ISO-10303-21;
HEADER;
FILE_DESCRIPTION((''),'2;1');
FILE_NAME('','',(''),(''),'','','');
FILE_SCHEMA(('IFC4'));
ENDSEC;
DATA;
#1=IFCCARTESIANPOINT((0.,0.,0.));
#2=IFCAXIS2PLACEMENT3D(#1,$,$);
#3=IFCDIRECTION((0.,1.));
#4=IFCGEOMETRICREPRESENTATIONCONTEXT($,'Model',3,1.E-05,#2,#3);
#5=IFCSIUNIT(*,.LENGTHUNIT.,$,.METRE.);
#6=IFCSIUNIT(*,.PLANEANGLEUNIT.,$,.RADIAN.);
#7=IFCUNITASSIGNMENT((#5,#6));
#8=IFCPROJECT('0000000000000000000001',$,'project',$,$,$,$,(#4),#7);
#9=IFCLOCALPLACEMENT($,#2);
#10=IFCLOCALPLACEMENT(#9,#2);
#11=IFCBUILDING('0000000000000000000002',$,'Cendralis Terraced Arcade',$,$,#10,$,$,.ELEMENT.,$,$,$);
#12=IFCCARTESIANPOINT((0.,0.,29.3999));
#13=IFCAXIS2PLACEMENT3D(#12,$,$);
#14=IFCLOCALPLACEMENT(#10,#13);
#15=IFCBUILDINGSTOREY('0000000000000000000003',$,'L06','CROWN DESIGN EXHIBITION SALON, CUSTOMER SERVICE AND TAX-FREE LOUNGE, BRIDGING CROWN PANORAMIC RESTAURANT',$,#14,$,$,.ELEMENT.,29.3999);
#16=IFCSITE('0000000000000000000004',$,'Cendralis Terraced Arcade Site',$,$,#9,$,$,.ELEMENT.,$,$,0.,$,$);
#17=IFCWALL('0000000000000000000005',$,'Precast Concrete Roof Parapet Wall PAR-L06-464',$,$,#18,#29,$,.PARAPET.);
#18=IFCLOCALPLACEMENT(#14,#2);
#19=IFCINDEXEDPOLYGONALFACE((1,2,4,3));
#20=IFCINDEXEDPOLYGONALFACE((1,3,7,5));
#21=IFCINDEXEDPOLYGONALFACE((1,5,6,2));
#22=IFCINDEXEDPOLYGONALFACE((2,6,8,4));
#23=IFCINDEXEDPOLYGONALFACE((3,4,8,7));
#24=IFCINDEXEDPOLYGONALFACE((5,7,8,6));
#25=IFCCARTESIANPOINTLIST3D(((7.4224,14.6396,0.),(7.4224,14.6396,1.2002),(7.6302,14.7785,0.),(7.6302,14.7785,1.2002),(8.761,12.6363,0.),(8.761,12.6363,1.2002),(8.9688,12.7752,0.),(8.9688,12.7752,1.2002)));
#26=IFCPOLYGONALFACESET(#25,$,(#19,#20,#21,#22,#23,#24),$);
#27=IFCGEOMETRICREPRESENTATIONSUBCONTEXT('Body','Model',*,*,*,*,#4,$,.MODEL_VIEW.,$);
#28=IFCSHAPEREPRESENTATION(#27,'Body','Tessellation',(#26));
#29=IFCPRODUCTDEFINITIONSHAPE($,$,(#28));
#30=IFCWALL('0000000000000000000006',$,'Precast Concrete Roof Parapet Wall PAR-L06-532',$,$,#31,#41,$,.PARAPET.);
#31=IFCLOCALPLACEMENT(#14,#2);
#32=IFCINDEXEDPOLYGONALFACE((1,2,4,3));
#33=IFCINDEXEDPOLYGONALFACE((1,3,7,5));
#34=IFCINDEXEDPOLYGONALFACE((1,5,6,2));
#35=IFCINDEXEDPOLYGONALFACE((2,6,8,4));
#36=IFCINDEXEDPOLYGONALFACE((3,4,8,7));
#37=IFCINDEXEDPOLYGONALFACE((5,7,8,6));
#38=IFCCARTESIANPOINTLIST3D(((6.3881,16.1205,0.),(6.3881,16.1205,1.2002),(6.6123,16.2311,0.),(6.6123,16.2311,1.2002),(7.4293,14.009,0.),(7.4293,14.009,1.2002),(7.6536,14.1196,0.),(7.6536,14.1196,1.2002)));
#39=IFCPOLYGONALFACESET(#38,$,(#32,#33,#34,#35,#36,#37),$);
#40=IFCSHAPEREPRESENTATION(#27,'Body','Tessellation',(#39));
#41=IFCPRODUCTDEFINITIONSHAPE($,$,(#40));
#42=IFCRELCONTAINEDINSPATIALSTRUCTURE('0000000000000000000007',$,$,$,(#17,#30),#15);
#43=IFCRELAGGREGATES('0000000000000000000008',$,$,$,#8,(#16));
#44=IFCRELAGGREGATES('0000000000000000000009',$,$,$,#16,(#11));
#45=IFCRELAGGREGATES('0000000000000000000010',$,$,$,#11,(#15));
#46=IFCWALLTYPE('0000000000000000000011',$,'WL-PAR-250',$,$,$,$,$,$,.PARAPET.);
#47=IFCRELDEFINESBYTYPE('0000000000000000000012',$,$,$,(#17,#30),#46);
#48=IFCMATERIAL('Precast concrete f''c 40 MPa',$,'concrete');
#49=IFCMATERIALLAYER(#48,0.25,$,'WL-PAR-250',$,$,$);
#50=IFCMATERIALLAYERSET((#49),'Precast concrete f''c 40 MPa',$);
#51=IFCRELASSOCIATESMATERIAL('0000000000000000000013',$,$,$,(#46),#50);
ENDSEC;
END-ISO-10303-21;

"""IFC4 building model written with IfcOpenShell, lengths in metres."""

from ifc_helpers import new_model, si_unit, direction, frame, frame_2d, origin, place, context, subcontext, project, spatial, rectangle, extrude, material, layer, layer_set, type_object, element, save


model = new_model("IFC4")

# Units and contexts
model_context = context("Model", 3, precision=1e-05, world=origin(), true_north=direction((0.0, 1.0)))
body_context = subcontext(model_context, "Body", "Model", "MODEL_VIEW")
ifc_project = project(units=[si_unit("LENGTHUNIT", "METRE"), si_unit("PLANEANGLEUNIT", "RADIAN")], contexts=[model_context])

# Site, building, storey
site_placement = place(None, origin())
site = spatial("IfcSite", under=ifc_project, at=site_placement, Name="Cendralis Terraced Arcade Site", CompositionType="ELEMENT", RefElevation=0.0)
building_placement = place(site_placement, origin())
building = spatial("IfcBuilding", under=site, at=building_placement, Name="Cendralis Terraced Arcade", CompositionType="ELEMENT")
storey_placement = place(building_placement, frame((0.0, 0.0, 29.3999)))
storey = spatial("IfcBuildingStorey", under=building, at=storey_placement, Name="L06", Description="CROWN DESIGN EXHIBITION SALON, CUSTOMER SERVICE AND TAX-FREE LOUNGE, BRIDGING CROWN PANORAMIC RESTAURANT", CompositionType="ELEMENT", Elevation=29.3999)

# Walls
ifc_material_1 = material(Name="Precast concrete f'c 40 MPa", Category="concrete")
ifc_layer_1 = layer(ifc_material_1, 0.25, Name="WL-PAR-250")
ifc_layer_set_1 = layer_set([ifc_layer_1], Name="Precast concrete f'c 40 MPa")
wall_type_1 = type_object("IfcWallType", Name="WL-PAR-250", PredefinedType="PARAPET", material=ifc_layer_set_1)
wall_1_placement = place(storey_placement, frame((7.5264, 14.709, 0.0), z_axis=(0.0, 0.0, 1.0), x_axis=(0.555565, -0.831473, 0.0)))
element("IfcWall", 1, at=wall_1_placement, inside=storey, type_object=wall_type_1, Name="Precast Concrete Roof Parapet Wall PAR-L06-464", PredefinedType="PARAPET", context=body_context, shape_type="SweptSolid", body=[
    extrude(rectangle(XDim=2.4094, YDim=0.25, at=frame_2d((1.2046, 0.0))), origin(), (0.0, 0.0, 1.0), 1.2002),
])
wall_2_placement = place(storey_placement, frame((7.5415, 14.0642, 0.0), z_axis=(0.0, 0.0, 1.0), x_axis=(-0.442271, 0.896882, 0.0)))
element("IfcWall", 2, at=wall_2_placement, inside=storey, type_object=wall_type_1, Name="Precast Concrete Roof Parapet Wall PAR-L06-532", PredefinedType="PARAPET", context=body_context, shape_type="SweptSolid", body=[
    extrude(rectangle(XDim=2.3542, YDim=0.25, at=frame_2d((1.1772, 0.0))), origin(), (0.0, 0.0, 1.0), 1.2002),
])

save(model, "model.ifc")
